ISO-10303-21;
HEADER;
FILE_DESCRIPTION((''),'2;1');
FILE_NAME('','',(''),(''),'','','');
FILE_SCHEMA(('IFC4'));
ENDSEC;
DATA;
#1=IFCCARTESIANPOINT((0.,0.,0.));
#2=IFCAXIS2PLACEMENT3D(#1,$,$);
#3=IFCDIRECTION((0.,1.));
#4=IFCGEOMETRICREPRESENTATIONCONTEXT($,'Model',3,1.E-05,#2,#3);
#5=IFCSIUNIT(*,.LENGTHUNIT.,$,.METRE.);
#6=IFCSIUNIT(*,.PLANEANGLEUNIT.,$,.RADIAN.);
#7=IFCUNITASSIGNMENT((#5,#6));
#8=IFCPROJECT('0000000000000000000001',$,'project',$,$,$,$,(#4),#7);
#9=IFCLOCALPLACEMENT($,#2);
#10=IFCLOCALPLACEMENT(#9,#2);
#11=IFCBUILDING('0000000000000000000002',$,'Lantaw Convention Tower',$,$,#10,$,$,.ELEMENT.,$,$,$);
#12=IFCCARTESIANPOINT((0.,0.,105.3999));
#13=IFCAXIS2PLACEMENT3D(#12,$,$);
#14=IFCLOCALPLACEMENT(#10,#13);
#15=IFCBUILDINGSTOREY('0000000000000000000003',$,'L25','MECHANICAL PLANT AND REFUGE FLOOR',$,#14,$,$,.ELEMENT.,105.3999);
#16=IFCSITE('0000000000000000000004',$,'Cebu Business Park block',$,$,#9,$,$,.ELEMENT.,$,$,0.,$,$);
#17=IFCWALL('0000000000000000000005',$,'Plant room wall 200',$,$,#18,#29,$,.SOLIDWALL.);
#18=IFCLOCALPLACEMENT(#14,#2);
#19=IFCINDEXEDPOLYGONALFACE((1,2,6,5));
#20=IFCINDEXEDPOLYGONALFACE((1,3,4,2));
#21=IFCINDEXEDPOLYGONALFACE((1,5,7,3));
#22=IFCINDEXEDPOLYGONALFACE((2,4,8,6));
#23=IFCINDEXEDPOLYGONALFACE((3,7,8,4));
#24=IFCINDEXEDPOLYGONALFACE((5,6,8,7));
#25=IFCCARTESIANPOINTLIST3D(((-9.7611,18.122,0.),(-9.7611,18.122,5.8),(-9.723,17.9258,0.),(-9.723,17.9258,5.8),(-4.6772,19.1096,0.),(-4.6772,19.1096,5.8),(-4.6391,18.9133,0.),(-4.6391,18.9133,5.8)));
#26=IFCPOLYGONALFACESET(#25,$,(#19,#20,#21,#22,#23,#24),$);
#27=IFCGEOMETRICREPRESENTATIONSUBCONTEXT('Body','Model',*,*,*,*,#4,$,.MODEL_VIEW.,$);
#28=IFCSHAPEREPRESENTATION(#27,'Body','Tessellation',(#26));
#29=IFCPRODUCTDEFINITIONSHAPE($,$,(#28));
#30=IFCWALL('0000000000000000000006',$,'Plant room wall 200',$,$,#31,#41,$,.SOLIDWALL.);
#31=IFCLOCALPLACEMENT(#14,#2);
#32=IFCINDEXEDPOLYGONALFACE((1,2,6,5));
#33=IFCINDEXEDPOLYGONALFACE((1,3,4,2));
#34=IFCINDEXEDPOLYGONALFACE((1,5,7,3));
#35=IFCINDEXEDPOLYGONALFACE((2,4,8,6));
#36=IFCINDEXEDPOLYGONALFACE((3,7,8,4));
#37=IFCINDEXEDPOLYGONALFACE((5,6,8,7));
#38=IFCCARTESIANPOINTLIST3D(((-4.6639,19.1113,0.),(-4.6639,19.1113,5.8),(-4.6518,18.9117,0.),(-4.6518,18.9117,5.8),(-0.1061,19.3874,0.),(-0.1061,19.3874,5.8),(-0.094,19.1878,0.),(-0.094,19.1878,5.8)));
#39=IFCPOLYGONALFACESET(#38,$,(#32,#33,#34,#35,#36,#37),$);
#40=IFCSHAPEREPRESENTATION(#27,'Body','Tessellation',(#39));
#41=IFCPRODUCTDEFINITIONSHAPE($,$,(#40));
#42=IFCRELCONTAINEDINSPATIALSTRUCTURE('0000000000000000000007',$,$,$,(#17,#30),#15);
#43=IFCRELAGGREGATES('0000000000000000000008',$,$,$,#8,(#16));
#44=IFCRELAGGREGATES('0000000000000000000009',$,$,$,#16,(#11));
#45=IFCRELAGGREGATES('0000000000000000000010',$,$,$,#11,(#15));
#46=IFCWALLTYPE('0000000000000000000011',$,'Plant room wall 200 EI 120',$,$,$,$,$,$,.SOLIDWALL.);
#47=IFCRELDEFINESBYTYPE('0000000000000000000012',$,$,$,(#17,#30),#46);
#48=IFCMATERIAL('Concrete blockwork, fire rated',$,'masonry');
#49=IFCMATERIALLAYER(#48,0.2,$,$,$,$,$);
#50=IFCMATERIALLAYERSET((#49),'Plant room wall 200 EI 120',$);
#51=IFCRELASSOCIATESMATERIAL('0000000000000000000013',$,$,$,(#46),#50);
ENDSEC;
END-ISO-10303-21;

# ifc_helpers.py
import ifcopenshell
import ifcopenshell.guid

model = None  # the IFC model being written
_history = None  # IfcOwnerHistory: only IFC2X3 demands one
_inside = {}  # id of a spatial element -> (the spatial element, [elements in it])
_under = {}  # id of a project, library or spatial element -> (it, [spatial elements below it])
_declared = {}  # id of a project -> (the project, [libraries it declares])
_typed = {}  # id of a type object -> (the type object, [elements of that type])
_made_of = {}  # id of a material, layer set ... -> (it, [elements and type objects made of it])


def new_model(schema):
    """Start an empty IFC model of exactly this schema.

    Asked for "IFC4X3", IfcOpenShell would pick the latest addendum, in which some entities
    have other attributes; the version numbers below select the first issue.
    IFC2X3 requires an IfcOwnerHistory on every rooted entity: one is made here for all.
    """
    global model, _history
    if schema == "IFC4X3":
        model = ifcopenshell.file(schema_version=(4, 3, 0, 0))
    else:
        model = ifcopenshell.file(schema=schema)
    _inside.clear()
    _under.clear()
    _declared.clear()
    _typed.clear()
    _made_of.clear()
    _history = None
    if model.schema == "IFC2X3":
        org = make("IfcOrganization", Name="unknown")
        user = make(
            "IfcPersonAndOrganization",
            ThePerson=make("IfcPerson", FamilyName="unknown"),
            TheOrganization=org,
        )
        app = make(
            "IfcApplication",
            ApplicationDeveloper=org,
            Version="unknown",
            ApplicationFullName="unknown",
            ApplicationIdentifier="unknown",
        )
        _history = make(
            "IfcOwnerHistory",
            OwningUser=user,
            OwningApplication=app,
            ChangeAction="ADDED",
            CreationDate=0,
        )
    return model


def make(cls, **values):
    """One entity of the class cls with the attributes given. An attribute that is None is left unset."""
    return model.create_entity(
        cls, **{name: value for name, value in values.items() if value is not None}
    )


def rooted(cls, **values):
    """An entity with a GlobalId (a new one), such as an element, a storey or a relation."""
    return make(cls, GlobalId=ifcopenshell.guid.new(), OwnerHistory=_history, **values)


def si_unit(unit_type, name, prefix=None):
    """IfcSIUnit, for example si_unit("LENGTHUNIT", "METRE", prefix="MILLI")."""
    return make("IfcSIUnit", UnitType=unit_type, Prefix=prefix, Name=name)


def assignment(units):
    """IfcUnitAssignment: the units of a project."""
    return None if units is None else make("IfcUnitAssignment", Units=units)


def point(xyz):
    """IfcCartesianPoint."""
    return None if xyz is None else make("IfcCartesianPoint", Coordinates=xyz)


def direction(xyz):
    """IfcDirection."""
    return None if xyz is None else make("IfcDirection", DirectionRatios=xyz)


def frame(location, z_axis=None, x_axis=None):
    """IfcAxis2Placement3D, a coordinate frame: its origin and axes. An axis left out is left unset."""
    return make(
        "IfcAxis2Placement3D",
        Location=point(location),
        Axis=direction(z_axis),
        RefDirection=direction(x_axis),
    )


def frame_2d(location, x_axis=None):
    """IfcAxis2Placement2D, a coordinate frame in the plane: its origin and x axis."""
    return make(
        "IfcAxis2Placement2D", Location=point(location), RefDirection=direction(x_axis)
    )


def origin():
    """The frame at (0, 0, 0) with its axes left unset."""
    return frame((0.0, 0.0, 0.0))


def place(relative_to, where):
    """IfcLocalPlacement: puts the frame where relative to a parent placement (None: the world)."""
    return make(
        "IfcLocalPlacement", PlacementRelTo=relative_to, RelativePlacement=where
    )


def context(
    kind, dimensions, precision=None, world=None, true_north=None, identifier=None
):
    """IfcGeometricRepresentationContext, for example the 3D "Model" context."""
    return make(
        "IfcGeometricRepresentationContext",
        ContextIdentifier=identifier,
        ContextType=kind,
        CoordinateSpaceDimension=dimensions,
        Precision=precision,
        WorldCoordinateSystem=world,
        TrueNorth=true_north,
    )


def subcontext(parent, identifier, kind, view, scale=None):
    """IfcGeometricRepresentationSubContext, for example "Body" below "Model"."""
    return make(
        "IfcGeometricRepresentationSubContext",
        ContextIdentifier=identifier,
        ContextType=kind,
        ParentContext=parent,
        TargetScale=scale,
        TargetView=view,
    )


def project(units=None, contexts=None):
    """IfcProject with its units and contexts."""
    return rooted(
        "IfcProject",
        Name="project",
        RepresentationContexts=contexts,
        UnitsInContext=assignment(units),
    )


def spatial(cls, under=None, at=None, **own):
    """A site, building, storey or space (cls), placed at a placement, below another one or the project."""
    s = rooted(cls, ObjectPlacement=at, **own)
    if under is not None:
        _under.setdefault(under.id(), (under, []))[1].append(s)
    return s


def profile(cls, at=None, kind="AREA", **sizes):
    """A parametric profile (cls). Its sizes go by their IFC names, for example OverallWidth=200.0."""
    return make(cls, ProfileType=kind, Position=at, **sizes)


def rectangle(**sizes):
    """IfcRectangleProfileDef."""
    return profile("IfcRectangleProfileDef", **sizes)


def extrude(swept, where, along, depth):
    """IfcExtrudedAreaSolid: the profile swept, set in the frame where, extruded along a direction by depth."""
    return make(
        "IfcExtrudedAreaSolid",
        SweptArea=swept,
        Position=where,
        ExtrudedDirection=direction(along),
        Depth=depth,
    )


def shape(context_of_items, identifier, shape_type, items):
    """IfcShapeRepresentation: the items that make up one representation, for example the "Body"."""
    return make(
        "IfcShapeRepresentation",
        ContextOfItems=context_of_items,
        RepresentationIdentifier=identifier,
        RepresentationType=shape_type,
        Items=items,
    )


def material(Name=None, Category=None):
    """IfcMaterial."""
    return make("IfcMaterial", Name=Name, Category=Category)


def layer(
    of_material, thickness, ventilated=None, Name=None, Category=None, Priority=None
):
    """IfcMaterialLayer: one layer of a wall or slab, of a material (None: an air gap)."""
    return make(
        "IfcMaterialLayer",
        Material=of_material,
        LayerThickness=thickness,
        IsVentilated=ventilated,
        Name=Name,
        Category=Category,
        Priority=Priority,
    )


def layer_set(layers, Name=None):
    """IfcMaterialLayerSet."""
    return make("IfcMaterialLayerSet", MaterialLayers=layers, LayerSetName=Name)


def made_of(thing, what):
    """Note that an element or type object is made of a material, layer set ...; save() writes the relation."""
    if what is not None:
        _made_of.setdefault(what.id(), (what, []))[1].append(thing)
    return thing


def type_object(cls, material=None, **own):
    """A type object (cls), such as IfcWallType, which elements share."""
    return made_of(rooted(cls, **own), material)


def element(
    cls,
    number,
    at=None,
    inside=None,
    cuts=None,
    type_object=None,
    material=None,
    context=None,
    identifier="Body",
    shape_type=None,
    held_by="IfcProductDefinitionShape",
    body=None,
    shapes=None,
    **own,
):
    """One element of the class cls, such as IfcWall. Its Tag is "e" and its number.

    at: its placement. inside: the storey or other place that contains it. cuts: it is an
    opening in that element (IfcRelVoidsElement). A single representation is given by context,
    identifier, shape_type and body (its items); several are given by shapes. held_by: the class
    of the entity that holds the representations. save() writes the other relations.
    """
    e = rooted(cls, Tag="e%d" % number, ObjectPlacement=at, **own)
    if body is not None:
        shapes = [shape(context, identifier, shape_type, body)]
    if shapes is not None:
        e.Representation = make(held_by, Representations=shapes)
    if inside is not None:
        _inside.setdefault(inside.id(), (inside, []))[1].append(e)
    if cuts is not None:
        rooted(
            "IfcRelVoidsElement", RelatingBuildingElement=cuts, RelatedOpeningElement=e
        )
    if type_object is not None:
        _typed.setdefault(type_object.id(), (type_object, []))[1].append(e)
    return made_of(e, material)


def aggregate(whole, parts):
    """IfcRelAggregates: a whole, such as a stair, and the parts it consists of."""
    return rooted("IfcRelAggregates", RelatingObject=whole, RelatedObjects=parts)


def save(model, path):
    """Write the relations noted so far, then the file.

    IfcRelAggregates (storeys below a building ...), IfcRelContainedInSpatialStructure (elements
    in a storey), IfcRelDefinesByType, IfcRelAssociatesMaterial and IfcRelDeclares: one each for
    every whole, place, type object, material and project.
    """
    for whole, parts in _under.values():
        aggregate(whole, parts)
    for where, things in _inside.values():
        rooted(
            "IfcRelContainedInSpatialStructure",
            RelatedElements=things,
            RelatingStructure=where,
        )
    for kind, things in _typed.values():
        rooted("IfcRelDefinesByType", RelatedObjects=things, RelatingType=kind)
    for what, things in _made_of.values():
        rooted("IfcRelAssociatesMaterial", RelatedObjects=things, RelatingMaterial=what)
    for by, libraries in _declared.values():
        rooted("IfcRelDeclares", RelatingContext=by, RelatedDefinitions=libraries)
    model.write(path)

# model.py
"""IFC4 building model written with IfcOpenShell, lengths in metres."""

from ifc_helpers import new_model, si_unit, direction, frame, frame_2d, origin, place, context, subcontext, project, spatial, rectangle, extrude, material, layer, layer_set, type_object, element, save


model = new_model("IFC4")

# Units and contexts
model_context = context("Model", 3, precision=1e-05, world=origin(), true_north=direction((0.0, 1.0)))
body_context = subcontext(model_context, "Body", "Model", "MODEL_VIEW")
ifc_project = project(units=[si_unit("LENGTHUNIT", "METRE"), si_unit("PLANEANGLEUNIT", "RADIAN")], contexts=[model_context])

# Site, building, storey
site_placement = place(None, origin())
site = spatial("IfcSite", under=ifc_project, at=site_placement, Name="Cebu Business Park block", CompositionType="ELEMENT", RefElevation=0.0)
building_placement = place(site_placement, origin())
building = spatial("IfcBuilding", under=site, at=building_placement, Name="Lantaw Convention Tower", CompositionType="ELEMENT")
storey_placement = place(building_placement, frame((0.0, 0.0, 105.3999)))
storey = spatial("IfcBuildingStorey", under=building, at=storey_placement, Name="L25", Description="MECHANICAL PLANT AND REFUGE FLOOR", CompositionType="ELEMENT", Elevation=105.3999)

# Walls
ifc_material_1 = material(Name="Concrete blockwork, fire rated", Category="masonry")
ifc_layer_1 = layer(ifc_material_1, 0.2)
ifc_layer_set_1 = layer_set([ifc_layer_1], Name="Plant room wall 200 EI 120")
wall_type_1 = type_object("IfcWallType", Name="Plant room wall 200 EI 120", PredefinedType="SOLIDWALL", material=ifc_layer_set_1)
wall_1_placement = place(storey_placement, frame((-9.7419, 18.0239, 0.0), z_axis=(0.0, 0.0, 1.0), x_axis=(0.981652, 0.190683, 0.0)))
element("IfcWall", 1, at=wall_1_placement, inside=storey, type_object=wall_type_1, Name="Plant room wall 200", PredefinedType="SOLIDWALL", context=body_context, shape_type="SweptSolid", body=[
    extrude(rectangle(XDim=5.179, YDim=0.2, at=frame_2d((2.5894, 0.0))), origin(), (0.0, 0.0, 1.0), 5.8),
])
wall_2_placement = place(storey_placement, frame((-4.658, 19.0115, 0.0), z_axis=(0.0, 0.0, 1.0), x_axis=(0.99817, 0.060471, 0.0)))
element("IfcWall", 2, at=wall_2_placement, inside=storey, type_object=wall_type_1, Name="Plant room wall 200", PredefinedType="SOLIDWALL", context=body_context, shape_type="SweptSolid", body=[
    extrude(rectangle(XDim=4.5662, YDim=0.2, at=frame_2d((2.2832, 0.0))), origin(), (0.0, 0.0, 1.0), 5.8),
])

save(model, "model.ifc")
